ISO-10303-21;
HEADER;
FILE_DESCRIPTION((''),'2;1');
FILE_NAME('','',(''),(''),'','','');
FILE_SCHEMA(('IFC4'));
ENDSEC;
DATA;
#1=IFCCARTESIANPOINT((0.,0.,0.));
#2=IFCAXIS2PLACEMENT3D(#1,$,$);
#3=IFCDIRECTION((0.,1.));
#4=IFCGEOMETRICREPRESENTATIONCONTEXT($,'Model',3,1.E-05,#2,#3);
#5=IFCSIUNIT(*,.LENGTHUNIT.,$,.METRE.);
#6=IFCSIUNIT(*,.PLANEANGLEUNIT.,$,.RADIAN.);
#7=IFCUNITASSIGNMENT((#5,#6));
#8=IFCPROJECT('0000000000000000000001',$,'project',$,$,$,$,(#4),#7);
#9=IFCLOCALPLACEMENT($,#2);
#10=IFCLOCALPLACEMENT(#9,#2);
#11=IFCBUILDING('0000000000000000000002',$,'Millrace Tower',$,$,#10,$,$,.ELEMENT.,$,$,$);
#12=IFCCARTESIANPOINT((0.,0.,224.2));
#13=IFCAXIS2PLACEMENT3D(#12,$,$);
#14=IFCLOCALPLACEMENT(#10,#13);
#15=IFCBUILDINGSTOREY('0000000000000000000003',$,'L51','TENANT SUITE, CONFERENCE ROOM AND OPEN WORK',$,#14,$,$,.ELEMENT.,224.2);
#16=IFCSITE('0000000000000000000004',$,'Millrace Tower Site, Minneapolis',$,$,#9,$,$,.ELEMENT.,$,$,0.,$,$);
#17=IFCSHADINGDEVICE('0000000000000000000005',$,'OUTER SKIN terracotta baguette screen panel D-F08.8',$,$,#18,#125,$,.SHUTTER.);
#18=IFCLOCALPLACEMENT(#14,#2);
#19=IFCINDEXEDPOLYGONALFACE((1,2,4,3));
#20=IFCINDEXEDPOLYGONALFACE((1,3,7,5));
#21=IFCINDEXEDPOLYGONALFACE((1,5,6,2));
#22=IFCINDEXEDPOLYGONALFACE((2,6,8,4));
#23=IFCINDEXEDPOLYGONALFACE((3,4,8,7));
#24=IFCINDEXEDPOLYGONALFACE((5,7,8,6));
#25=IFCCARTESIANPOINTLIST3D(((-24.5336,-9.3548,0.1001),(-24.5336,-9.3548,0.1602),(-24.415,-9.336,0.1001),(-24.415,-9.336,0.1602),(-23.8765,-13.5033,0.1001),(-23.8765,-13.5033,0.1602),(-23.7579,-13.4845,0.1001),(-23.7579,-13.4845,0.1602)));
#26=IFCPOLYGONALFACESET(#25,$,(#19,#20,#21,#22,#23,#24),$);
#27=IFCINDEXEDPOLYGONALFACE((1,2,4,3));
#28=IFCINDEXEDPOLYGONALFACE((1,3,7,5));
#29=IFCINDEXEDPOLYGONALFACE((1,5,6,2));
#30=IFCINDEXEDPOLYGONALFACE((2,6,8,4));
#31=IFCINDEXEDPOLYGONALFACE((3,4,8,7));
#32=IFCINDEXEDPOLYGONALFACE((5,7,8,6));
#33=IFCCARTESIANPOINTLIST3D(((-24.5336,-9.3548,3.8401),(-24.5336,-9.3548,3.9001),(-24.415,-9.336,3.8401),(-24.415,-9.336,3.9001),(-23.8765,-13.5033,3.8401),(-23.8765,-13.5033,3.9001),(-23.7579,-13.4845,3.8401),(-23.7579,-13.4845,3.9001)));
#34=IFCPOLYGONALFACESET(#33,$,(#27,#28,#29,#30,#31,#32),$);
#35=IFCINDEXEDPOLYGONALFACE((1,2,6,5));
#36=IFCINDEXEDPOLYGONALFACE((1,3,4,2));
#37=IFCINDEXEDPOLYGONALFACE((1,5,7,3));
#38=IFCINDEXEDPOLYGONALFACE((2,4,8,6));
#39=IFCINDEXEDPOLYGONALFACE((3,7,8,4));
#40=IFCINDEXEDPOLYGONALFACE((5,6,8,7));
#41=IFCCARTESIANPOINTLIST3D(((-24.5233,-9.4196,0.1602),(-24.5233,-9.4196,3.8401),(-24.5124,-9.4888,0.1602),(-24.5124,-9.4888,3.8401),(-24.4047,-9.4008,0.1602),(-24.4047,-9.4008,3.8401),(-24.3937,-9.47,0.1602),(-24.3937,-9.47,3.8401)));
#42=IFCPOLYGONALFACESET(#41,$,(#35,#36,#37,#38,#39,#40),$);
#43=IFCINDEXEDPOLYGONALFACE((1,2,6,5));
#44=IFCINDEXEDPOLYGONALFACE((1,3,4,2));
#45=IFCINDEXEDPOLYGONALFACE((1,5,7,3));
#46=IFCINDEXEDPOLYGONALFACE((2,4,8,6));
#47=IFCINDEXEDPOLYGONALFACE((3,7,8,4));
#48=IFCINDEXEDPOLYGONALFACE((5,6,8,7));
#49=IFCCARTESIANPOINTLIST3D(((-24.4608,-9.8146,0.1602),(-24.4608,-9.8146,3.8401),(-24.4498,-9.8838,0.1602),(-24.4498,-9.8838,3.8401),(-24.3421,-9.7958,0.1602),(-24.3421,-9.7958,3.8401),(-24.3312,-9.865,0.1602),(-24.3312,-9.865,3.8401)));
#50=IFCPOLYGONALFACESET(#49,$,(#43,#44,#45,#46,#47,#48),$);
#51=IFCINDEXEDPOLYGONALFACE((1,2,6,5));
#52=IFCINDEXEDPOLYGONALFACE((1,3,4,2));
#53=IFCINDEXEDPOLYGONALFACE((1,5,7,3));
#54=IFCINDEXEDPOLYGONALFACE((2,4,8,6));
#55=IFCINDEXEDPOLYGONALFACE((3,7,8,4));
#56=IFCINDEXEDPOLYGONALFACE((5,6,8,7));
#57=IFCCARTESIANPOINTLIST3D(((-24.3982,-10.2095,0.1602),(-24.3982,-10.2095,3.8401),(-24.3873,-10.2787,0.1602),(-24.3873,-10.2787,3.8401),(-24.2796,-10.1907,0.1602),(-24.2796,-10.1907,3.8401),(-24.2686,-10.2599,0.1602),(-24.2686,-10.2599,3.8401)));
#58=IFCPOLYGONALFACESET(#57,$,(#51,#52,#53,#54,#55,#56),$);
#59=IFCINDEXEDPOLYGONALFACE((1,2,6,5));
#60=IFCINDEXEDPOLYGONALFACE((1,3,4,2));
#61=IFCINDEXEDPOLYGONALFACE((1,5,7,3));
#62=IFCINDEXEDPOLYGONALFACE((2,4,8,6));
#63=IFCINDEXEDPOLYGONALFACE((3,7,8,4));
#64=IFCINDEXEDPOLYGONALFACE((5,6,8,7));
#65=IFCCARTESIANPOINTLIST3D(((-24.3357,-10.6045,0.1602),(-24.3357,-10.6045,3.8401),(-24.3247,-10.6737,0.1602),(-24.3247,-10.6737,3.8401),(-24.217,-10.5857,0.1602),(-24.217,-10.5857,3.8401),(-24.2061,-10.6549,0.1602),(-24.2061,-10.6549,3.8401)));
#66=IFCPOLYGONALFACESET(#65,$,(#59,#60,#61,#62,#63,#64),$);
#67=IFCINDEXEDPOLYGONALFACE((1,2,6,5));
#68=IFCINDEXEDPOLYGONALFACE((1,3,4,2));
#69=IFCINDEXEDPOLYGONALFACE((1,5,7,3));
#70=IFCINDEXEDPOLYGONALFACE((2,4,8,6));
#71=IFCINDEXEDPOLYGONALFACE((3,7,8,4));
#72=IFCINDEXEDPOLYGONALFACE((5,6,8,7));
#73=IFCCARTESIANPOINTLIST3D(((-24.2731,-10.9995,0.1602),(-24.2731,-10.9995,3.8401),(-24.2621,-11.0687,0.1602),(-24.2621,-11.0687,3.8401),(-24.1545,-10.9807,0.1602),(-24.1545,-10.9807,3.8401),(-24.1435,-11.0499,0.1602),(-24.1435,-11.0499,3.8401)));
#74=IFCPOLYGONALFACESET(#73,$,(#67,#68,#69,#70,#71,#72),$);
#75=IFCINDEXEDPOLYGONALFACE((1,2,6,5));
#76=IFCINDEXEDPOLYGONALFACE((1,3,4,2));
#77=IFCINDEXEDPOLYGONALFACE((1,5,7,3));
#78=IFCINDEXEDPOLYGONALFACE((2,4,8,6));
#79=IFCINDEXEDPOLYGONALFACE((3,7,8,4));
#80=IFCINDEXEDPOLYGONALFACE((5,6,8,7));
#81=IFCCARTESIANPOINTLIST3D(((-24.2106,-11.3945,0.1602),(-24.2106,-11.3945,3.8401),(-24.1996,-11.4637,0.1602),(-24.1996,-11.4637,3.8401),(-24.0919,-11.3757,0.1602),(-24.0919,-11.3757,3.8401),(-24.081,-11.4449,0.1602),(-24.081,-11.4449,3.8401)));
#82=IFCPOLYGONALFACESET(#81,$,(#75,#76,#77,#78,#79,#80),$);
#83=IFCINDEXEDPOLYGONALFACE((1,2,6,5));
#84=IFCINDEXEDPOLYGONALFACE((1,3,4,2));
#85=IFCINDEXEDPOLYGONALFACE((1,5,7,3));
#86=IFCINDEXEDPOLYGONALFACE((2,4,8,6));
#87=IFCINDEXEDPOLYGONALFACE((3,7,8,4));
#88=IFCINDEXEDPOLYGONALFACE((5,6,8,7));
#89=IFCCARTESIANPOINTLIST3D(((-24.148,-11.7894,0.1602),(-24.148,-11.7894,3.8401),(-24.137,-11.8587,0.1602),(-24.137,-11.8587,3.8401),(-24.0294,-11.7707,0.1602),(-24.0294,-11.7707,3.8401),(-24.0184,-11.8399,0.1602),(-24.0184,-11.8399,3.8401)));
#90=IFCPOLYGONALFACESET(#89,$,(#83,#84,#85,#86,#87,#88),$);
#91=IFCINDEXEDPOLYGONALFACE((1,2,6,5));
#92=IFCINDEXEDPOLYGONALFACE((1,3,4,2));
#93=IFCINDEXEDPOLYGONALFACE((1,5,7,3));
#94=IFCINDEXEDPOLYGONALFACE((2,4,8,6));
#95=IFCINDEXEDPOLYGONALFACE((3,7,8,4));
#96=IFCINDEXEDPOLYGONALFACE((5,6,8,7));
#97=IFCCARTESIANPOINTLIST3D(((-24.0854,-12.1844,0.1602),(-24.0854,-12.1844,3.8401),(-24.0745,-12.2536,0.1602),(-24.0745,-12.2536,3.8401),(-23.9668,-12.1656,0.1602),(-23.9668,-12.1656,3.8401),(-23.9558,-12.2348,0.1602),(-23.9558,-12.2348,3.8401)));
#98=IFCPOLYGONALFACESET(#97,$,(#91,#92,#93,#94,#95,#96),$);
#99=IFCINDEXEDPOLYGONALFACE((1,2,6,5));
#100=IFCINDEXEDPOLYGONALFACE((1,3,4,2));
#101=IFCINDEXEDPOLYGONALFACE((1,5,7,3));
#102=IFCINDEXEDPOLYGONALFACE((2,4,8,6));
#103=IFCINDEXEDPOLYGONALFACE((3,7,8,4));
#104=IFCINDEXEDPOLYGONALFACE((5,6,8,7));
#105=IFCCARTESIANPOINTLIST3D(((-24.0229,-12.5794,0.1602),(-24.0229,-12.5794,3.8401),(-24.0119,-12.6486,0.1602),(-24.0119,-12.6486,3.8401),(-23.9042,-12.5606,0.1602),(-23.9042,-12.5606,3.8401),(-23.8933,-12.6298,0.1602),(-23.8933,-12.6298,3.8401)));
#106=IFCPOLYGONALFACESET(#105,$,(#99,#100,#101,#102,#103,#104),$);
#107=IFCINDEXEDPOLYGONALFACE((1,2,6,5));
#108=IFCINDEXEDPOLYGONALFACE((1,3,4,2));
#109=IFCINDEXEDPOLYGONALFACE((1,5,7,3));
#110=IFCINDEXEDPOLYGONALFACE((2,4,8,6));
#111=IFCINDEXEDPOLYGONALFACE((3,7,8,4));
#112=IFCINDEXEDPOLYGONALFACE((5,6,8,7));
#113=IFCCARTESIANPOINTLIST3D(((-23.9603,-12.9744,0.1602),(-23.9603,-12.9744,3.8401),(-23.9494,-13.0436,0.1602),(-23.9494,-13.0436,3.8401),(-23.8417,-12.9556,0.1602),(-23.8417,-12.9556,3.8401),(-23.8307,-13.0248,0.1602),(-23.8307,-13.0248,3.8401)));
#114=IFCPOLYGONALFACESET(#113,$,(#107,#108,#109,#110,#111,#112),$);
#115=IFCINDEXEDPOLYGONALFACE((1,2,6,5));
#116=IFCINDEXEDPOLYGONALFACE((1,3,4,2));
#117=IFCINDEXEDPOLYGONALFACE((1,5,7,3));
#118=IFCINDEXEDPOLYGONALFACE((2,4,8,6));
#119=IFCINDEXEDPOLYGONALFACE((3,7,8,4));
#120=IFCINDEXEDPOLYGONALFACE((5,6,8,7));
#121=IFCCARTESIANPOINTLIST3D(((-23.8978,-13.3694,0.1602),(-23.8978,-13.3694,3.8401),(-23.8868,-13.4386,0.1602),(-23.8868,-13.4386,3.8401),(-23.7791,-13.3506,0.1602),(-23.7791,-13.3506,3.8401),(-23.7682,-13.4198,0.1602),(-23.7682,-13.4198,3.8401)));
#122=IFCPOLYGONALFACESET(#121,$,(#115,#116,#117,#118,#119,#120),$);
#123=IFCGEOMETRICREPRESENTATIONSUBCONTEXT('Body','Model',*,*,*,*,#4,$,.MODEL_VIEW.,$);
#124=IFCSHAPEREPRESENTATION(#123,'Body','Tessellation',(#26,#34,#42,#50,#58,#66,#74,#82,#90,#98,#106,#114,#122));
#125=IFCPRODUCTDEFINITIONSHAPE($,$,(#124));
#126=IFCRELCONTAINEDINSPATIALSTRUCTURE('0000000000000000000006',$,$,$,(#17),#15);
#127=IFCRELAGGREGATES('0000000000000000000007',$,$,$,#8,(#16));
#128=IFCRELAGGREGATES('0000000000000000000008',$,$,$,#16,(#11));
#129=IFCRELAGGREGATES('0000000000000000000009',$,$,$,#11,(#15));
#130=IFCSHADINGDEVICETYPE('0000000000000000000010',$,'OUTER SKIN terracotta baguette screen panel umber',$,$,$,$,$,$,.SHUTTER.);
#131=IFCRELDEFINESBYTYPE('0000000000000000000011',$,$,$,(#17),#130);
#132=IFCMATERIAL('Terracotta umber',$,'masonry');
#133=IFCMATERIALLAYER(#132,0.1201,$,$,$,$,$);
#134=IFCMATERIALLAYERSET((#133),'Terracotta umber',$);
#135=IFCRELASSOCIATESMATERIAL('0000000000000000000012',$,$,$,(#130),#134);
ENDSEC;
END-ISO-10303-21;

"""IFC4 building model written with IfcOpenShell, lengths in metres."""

from ifc_helpers import new_model, entity, si_unit, direction, frame, frame_2d, origin, origin_2d, place, context, subcontext, project, spatial, rectangle, extrude, source, transform, mapped, material, layer, layer_set, type_object, element, save


model = new_model("IFC4")

# Units and contexts
model_context = context("Model", 3, precision=1e-05, world=origin(), true_north=direction((0.0, 1.0)))
body_context = subcontext(model_context, "Body", "Model", "MODEL_VIEW")
ifc_project = project(units=[si_unit("LENGTHUNIT", "METRE"), si_unit("PLANEANGLEUNIT", "RADIAN")], contexts=[model_context])

# Site, building, storey
site_placement = place(None, origin())
site = spatial("IfcSite", under=ifc_project, at=site_placement, Name="Millrace Tower Site, Minneapolis", CompositionType="ELEMENT", RefElevation=0.0)
building_placement = place(site_placement, origin())
building = spatial("IfcBuilding", under=site, at=building_placement, Name="Millrace Tower", CompositionType="ELEMENT")
storey_placement = place(building_placement, frame((0.0, 0.0, 224.2)))
storey = spatial("IfcBuildingStorey", under=building, at=storey_placement, Name="L51", Description="TENANT SUITE, CONFERENCE ROOM AND OPEN WORK", CompositionType="ELEMENT", Elevation=224.2)

# Shading device
ifc_material_1 = material(Name="Terracotta umber", Category="masonry")
ifc_layer_1 = layer(ifc_material_1, 0.1201)
ifc_layer_set_1 = layer_set([ifc_layer_1], Name="Terracotta umber")
shading_device_type = type_object("IfcShadingDeviceType", Name="OUTER SKIN terracotta baguette screen panel umber", PredefinedType="SHUTTER", material=ifc_layer_set_1)
cartesian_point = entity("IfcCartesianPoint", [-2.1001, 0.0601])
shared_polyline = entity("IfcPolyline", [cartesian_point, entity("IfcCartesianPoint", [2.1001, 0.0601]), entity("IfcCartesianPoint", [2.1001, -0.0601]), entity("IfcCartesianPoint", [-2.1001, -0.0601]), cartesian_point])
shared_shape = source(origin(), body_context, "Body", "SweptSolid", [
    entity("IfcExtrudedAreaSolid", entity("IfcArbitraryClosedProfileDef", "AREA", None, shared_polyline), entity("IfcAxis2Placement3D", entity("IfcCartesianPoint", [0.0, 0.0, 0.0])), entity("IfcDirection", [0.0, 0.0, 1.0]), 0.0601),
    entity("IfcExtrudedAreaSolid", entity("IfcArbitraryClosedProfileDef", "AREA", None, shared_polyline), entity("IfcAxis2Placement3D", entity("IfcCartesianPoint", [0.0, 0.0, 3.74])), entity("IfcDirection", [0.0, 0.0, 1.0]), 0.0601),
    extrude(rectangle(XDim=0.0701, YDim=0.1201, at=frame_2d((-1.9995, 0.0))), frame((0.0, 0.0, 0.0601)), (0.0, 0.0, 1.0), 3.6799),
    extrude(rectangle(XDim=0.0701, YDim=0.1201, at=frame_2d((-1.5996, 0.0))), frame((0.0, 0.0, 0.0601)), (0.0, 0.0, 1.0), 3.6799),
    extrude(rectangle(XDim=0.0701, YDim=0.1201, at=frame_2d((-1.1997, 0.0))), frame((0.0, 0.0, 0.0601)), (0.0, 0.0, 1.0), 3.6799),
    extrude(rectangle(XDim=0.0701, YDim=0.1201, at=frame_2d((-0.7998, 0.0))), frame((0.0, 0.0, 0.0601)), (0.0, 0.0, 1.0), 3.6799),
    extrude(rectangle(XDim=0.0701, YDim=0.1201, at=frame_2d((-0.3999, 0.0))), frame((0.0, 0.0, 0.0601)), (0.0, 0.0, 1.0), 3.6799),
    extrude(rectangle(XDim=0.0701, YDim=0.1201, at=origin_2d()), frame((0.0, 0.0, 0.0601)), (0.0, 0.0, 1.0), 3.6799),
    extrude(rectangle(XDim=0.0701, YDim=0.1201, at=frame_2d((0.3999, 0.0))), frame((0.0, 0.0, 0.0601)), (0.0, 0.0, 1.0), 3.6799),
    extrude(rectangle(XDim=0.0701, YDim=0.1201, at=frame_2d((0.7998, 0.0))), frame((0.0, 0.0, 0.0601)), (0.0, 0.0, 1.0), 3.6799),
    extrude(rectangle(XDim=0.0701, YDim=0.1201, at=frame_2d((1.1997, 0.0))), frame((0.0, 0.0, 0.0601)), (0.0, 0.0, 1.0), 3.6799),
    extrude(rectangle(XDim=0.0701, YDim=0.1201, at=frame_2d((1.5996, 0.0))), frame((0.0, 0.0, 0.0601)), (0.0, 0.0, 1.0), 3.6799),
    extrude(rectangle(XDim=0.0701, YDim=0.1201, at=frame_2d((1.9995, 0.0))), frame((0.0, 0.0, 0.0601)), (0.0, 0.0, 1.0), 3.6799),
])
for number, where, z_axis, x_axis, name in (
    (1, (-24.1458, -11.4197, 0.1001), (0.0, 0.0, 1.0), (0.156434, -0.987688, 0.0), "OUTER SKIN terracotta baguette screen panel D-F08.8"),
):
    element("IfcShadingDevice", number, at=place(storey_placement, frame(where, z_axis=z_axis, x_axis=x_axis)), inside=storey, type_object=shading_device_type, Name=name, PredefinedType="SHUTTER", context=body_context, shape_type="MappedRepresentation", body=[
        mapped(shared_shape, transform((0.0, 0.0, 0.0), scale=1.0)),
    ])

save(model, "model.ifc")
